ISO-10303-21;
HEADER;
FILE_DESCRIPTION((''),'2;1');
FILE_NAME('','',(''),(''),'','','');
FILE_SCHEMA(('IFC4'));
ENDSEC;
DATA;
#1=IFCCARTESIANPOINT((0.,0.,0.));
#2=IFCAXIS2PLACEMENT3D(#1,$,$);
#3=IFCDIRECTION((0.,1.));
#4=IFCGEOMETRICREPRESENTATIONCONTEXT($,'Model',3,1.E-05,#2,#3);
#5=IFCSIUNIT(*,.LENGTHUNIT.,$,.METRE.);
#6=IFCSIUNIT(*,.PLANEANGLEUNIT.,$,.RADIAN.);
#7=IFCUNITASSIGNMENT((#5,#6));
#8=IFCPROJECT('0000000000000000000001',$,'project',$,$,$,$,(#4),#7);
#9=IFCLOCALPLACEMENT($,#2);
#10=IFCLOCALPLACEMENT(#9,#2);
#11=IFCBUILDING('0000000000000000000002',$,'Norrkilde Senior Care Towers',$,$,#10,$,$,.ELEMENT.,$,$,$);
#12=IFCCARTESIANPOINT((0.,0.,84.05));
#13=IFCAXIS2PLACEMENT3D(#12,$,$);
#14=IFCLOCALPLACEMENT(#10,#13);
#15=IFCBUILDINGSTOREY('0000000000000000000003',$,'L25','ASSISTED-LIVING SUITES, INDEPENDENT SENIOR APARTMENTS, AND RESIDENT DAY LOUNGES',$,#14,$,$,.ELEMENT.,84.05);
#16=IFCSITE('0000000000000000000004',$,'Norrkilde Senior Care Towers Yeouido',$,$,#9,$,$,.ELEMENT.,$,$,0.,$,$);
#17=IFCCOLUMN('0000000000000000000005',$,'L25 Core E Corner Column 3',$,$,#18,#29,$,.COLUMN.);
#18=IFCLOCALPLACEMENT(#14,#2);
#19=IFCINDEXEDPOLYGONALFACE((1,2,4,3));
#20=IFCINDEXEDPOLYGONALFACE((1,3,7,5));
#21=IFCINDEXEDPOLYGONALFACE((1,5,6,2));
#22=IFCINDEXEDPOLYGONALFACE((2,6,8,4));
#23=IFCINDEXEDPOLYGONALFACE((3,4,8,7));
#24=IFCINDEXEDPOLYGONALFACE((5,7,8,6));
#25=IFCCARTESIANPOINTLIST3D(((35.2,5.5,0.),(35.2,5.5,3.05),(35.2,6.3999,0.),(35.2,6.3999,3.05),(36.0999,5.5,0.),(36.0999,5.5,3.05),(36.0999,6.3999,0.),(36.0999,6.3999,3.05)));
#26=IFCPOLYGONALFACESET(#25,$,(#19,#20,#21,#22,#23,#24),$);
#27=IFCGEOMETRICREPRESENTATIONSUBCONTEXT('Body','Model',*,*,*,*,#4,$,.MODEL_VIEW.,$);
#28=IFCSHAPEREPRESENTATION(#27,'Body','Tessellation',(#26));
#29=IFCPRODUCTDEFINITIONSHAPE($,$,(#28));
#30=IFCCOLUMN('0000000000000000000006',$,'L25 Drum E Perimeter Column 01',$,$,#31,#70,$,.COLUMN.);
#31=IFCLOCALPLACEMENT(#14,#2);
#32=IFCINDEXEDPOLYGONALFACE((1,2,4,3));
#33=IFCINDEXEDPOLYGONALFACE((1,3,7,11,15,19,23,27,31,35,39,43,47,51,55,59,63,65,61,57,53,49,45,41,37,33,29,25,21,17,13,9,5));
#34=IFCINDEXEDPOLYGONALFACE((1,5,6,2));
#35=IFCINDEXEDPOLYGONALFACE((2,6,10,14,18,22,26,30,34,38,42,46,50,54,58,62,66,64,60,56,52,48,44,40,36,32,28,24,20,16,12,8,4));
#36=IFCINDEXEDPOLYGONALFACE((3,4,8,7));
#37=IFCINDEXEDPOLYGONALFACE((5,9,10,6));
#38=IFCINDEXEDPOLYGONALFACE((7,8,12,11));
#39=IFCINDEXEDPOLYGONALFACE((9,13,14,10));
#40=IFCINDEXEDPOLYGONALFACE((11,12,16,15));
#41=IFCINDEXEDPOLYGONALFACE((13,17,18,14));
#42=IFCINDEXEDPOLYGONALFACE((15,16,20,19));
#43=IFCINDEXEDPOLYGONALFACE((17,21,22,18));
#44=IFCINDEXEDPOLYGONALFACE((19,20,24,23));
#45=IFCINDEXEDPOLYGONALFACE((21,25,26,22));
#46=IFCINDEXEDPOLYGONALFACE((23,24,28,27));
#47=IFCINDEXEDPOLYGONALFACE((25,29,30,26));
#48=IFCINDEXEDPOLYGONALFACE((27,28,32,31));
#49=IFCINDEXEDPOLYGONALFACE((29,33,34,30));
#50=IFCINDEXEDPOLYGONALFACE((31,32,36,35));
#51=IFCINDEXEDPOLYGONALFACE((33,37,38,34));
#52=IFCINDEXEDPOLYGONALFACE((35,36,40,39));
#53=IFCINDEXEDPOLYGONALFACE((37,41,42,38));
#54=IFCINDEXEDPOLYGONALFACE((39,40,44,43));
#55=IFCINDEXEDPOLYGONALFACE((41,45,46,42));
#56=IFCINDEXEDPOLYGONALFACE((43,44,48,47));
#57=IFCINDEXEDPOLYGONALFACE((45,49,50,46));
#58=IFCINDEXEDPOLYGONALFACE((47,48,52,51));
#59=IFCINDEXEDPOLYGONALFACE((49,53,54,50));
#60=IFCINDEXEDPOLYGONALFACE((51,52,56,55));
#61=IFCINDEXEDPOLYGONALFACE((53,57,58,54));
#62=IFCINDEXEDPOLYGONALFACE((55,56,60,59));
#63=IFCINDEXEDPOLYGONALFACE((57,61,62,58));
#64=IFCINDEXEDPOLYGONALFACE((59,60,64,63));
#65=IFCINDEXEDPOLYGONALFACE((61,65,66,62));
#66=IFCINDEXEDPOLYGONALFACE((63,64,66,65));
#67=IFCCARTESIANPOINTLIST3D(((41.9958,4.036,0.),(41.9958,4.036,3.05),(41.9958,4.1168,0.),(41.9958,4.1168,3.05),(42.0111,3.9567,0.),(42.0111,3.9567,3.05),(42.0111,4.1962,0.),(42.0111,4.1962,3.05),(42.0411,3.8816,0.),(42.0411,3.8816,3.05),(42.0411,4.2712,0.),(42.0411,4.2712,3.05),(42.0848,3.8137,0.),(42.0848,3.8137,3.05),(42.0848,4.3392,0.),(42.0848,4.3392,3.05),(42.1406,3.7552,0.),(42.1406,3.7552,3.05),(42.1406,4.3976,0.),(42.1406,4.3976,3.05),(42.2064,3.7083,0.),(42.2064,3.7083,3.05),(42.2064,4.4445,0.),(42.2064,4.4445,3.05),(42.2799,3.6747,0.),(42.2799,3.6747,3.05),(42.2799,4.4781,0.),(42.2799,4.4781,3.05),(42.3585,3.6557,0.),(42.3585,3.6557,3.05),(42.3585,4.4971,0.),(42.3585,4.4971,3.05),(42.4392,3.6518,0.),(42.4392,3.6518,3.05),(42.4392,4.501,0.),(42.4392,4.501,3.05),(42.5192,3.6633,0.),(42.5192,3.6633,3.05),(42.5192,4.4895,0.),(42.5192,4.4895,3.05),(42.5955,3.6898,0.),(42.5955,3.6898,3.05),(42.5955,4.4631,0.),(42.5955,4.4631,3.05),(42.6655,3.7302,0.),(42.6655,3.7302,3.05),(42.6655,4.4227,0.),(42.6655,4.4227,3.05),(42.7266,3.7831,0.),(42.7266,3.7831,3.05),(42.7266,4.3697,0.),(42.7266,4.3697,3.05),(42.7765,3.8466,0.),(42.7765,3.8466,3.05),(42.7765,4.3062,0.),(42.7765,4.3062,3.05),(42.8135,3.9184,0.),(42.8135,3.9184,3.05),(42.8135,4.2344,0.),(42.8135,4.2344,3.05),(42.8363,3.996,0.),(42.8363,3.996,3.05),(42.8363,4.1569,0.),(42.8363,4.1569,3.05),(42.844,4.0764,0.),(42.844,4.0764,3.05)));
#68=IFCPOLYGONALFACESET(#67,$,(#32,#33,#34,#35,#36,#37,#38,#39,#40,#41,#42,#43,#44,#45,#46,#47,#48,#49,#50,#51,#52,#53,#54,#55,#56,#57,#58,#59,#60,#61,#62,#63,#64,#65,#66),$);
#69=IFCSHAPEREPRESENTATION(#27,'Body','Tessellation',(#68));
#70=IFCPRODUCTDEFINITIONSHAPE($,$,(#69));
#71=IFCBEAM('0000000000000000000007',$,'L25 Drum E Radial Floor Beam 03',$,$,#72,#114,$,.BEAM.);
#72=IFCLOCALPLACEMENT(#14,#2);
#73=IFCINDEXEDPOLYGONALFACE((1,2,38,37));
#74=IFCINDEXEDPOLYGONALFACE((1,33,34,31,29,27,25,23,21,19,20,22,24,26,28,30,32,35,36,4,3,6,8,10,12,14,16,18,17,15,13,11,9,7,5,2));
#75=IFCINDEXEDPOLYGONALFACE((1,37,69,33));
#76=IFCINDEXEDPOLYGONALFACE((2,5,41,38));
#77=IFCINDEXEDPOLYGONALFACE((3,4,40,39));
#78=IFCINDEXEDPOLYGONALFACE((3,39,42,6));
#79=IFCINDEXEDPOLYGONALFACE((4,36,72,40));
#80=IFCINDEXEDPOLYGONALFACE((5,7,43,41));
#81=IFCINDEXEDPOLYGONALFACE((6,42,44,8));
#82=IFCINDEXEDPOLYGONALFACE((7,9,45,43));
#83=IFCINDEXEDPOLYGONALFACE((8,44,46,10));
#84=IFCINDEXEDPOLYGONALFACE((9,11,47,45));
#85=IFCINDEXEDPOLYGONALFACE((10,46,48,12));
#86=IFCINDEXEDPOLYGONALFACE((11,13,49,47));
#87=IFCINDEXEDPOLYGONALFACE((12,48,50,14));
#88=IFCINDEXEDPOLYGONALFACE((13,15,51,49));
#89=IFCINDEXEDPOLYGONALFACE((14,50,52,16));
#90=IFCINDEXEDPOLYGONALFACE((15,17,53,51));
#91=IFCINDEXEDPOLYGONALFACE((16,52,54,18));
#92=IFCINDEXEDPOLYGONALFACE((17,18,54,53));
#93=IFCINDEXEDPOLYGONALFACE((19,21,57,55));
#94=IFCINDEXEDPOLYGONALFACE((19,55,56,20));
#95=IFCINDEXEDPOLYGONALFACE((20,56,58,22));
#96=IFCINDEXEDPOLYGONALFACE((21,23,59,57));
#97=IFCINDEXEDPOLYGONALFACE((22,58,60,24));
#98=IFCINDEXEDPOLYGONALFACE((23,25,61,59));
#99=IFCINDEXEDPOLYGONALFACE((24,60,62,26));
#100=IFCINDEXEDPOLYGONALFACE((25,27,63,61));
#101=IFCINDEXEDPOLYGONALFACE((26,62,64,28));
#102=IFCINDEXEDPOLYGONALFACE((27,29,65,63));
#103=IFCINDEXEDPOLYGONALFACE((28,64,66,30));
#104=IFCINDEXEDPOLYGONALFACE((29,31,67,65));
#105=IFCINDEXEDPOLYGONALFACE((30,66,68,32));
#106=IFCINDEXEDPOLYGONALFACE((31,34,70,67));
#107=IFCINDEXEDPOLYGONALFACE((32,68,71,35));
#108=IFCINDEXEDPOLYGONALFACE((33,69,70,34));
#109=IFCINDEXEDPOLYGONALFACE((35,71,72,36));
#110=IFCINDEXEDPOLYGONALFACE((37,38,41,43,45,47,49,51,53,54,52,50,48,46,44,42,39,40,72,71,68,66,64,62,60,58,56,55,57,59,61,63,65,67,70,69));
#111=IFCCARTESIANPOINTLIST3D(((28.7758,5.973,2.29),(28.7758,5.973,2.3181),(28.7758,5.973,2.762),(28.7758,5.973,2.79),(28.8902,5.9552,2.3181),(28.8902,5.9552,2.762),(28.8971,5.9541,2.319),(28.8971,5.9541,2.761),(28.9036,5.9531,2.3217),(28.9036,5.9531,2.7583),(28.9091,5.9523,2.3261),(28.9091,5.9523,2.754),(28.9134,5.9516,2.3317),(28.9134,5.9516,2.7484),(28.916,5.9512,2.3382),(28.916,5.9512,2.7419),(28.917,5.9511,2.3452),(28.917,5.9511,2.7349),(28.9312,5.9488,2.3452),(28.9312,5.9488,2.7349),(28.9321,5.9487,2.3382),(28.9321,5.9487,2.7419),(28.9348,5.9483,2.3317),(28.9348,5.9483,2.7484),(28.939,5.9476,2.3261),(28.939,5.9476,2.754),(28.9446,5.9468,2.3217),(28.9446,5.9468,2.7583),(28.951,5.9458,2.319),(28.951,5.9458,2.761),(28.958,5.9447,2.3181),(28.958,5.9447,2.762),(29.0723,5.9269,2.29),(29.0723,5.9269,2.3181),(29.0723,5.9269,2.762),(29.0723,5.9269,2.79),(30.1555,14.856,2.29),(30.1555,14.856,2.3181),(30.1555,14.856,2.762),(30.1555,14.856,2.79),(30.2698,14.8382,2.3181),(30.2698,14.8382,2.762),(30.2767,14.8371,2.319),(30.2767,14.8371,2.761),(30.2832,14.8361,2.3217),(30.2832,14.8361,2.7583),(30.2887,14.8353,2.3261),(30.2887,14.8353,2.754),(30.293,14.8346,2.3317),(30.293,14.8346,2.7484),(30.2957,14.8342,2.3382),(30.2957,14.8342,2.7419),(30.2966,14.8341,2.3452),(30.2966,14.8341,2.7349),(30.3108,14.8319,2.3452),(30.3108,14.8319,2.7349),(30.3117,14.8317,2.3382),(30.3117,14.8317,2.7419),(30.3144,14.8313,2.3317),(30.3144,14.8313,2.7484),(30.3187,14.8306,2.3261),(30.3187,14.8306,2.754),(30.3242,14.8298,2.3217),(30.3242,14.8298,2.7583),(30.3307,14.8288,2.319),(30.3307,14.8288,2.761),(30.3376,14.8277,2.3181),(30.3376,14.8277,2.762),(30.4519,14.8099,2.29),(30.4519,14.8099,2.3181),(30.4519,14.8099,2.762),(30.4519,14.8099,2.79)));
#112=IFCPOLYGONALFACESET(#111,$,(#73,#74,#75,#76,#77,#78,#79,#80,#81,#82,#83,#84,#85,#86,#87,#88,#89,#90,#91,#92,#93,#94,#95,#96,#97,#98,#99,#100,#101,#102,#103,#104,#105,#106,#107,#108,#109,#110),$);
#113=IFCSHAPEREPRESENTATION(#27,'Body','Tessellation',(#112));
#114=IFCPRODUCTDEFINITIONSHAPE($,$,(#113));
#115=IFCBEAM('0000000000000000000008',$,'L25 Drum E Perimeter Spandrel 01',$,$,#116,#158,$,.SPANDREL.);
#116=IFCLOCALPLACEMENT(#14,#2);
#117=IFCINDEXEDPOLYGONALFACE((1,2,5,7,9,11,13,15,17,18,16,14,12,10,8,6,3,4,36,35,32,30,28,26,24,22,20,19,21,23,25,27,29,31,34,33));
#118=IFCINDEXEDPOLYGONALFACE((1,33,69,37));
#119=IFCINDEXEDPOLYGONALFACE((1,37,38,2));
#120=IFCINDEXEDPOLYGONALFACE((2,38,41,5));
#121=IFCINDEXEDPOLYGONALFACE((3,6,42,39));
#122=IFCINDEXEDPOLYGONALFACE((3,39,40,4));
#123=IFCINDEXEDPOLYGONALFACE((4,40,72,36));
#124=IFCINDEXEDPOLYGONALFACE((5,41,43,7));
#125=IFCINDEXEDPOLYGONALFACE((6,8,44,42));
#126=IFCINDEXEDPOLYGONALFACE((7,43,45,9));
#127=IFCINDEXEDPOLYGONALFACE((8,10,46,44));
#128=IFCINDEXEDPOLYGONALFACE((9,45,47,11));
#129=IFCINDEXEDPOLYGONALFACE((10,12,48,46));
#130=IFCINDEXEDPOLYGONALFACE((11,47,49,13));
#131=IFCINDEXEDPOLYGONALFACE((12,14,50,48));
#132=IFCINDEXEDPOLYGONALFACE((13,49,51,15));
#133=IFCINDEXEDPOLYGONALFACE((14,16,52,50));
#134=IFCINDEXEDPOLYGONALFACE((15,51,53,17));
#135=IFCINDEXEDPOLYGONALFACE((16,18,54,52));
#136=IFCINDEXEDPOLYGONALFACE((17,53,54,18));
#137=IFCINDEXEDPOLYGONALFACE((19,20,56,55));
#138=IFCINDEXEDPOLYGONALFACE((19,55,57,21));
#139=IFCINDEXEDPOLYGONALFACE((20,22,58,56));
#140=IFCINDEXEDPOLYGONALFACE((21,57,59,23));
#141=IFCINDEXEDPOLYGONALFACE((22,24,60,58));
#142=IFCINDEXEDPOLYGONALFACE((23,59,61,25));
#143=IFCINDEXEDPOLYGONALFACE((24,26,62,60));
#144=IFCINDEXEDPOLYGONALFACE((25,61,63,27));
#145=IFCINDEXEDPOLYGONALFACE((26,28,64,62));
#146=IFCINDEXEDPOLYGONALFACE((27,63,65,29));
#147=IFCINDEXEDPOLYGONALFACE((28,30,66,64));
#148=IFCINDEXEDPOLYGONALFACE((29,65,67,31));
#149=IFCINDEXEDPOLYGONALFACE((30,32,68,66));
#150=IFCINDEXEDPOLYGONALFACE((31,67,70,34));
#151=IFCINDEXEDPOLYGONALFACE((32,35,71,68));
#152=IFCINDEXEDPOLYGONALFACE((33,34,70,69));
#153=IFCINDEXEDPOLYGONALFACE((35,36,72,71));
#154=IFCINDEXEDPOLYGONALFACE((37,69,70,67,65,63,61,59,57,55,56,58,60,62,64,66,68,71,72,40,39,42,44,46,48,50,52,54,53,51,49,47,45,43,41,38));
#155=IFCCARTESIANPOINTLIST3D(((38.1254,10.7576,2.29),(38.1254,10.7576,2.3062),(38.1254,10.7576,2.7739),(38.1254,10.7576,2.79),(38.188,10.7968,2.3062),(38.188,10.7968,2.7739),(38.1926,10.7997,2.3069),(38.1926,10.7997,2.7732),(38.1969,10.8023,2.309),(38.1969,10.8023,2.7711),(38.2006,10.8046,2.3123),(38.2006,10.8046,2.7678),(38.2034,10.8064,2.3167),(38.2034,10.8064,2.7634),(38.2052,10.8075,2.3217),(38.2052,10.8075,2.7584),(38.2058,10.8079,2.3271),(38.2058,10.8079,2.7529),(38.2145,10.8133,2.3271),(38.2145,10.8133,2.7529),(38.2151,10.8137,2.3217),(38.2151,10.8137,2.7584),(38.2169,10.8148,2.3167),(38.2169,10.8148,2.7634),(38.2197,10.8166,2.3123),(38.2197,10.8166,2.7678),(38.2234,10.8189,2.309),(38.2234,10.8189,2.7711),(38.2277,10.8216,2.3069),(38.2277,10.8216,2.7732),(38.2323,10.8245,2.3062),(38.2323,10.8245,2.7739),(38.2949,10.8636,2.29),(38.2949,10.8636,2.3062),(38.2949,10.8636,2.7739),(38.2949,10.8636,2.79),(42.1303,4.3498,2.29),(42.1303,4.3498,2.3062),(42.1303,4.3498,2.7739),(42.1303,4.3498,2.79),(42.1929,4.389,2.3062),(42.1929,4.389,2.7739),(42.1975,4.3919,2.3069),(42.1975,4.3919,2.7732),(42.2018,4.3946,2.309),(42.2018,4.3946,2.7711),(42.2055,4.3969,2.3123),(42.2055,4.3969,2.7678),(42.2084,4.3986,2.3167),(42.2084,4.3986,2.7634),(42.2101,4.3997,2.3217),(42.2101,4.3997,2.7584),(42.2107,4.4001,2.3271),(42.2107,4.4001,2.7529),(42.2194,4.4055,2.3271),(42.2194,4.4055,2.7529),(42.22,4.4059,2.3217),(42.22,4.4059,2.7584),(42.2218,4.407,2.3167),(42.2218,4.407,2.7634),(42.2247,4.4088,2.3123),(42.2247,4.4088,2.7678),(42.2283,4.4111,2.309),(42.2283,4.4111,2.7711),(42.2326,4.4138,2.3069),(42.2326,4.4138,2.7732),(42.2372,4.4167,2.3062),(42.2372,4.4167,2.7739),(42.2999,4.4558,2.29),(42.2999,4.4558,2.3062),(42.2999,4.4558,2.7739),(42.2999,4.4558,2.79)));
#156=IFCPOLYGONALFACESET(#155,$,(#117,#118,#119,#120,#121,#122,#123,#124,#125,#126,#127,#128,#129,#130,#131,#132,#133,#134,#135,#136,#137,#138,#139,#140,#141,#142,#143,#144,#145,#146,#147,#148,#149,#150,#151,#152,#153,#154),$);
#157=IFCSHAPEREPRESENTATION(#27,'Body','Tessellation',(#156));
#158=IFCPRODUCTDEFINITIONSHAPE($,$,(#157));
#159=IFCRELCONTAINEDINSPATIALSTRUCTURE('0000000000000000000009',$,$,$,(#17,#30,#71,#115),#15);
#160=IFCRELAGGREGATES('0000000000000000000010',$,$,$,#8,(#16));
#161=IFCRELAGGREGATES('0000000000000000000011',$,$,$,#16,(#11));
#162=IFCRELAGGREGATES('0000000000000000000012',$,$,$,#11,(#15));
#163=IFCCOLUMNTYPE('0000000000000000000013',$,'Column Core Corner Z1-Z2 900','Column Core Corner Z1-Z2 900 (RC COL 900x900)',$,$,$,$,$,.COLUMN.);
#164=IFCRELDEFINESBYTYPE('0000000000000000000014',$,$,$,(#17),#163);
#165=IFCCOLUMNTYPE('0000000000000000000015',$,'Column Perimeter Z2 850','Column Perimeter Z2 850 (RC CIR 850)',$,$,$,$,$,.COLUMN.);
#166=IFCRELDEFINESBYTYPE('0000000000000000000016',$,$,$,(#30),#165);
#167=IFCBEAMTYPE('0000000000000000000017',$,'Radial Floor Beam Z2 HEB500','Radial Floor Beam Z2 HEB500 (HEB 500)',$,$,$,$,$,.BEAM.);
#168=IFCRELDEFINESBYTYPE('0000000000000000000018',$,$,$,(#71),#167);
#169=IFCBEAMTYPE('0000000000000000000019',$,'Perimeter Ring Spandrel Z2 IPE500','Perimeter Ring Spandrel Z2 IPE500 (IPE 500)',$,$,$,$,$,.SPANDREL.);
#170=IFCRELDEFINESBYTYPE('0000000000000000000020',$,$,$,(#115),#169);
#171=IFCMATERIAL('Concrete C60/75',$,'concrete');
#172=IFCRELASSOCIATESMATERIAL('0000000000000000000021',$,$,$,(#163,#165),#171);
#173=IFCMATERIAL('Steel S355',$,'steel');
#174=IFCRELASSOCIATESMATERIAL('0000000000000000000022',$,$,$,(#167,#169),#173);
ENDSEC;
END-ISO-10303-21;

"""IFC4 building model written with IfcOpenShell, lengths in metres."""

from ifc_helpers import new_model, si_unit, direction, frame, origin, origin_2d, place, context, subcontext, project, spatial, rectangle, circle, i_section, extrude, source, transform, mapped, material, material_profile, profile_set, type_object, type_shapes, element, save


model = new_model("IFC4")

# Units and contexts
model_context = context("Model", 3, precision=1e-05, world=origin(), true_north=direction((0.0, 1.0)))
body_context = subcontext(model_context, "Body", "Model", "MODEL_VIEW")
ifc_project = project(units=[si_unit("LENGTHUNIT", "METRE"), si_unit("PLANEANGLEUNIT", "RADIAN")], contexts=[model_context])

# Site, building, storey
site_placement = place(None, origin())
site = spatial("IfcSite", under=ifc_project, at=site_placement, Name="Norrkilde Senior Care Towers Yeouido", CompositionType="ELEMENT", RefElevation=0.0)
building_placement = place(site_placement, origin())
building = spatial("IfcBuilding", under=site, at=building_placement, Name="Norrkilde Senior Care Towers", CompositionType="ELEMENT")
storey_placement = place(building_placement, frame((0.0, 0.0, 84.05)))
storey = spatial("IfcBuildingStorey", under=building, at=storey_placement, Name="L25", Description="ASSISTED-LIVING SUITES, INDEPENDENT SENIOR APARTMENTS, AND RESIDENT DAY LOUNGES", CompositionType="ELEMENT", Elevation=84.05)

# Columns
ifc_material_1 = material(Name="Concrete C60/75", Category="concrete")
ifc_material_profile_1 = material_profile(ifc_material_1, rectangle(XDim=0.8999, YDim=0.8999, at=origin_2d()), Name="RC COL 900x900")
ifc_profile_set_1 = profile_set([ifc_material_profile_1], Name="Concrete C60/75")
column_type_1 = type_object("IfcColumnType", Name="Column Core Corner Z1-Z2 900", Description="Column Core Corner Z1-Z2 900 (RC COL 900x900)", PredefinedType="COLUMN", material=ifc_profile_set_1)
shared_shape_1 = source(origin(), body_context, "Body", "SweptSolid", [
    extrude(rectangle(XDim=0.8999, YDim=0.8999, at=origin_2d()), origin(), (0.0, 0.0, 1.0), 3.05),
])
type_shapes(column_type_1, [shared_shape_1])
column_1_placement = place(storey_placement, frame((35.6499, 5.95, 0.0), z_axis=(0.0, 0.0, 1.0), x_axis=(1.0, 0.0, 0.0)))
element("IfcColumn", 1, at=column_1_placement, inside=storey, type_object=column_type_1, Name="L25 Core E Corner Column 3", PredefinedType="COLUMN", context=body_context, shape_type="MappedRepresentation", body=[
    mapped(shared_shape_1, transform((0.0, 0.0, 0.0), x_axis=(1.0, 0.0, 0.0), y_axis=(0.0, 1.0, 0.0), z_axis=(0.0, 0.0, 1.0), scale=1.0)),
])
ifc_material_profile_2 = material_profile(ifc_material_1, circle(Radius=0.425, at=origin_2d()), Name="RC CIR 850")
ifc_profile_set_2 = profile_set([ifc_material_profile_2], Name="Concrete C60/75")
column_type_2 = type_object("IfcColumnType", Name="Column Perimeter Z2 850", Description="Column Perimeter Z2 850 (RC CIR 850)", PredefinedType="COLUMN", material=ifc_profile_set_2)
shared_shape_2 = source(origin(), body_context, "Body", "SweptSolid", [
    extrude(circle(Radius=0.425, at=origin_2d()), origin(), (0.0, 0.0, 1.0), 3.05),
])
type_shapes(column_type_2, [shared_shape_2])
column_2_placement = place(storey_placement, frame((42.4189, 4.0764, 0.0), z_axis=(0.0, 0.0, 1.0), x_axis=(1.0, 0.0, 0.0)))
element("IfcColumn", 2, at=column_2_placement, inside=storey, type_object=column_type_2, Name="L25 Drum E Perimeter Column 01", PredefinedType="COLUMN", context=body_context, shape_type="MappedRepresentation", body=[
    mapped(shared_shape_2, transform((0.0, 0.0, 0.0), x_axis=(1.0, 0.0, 0.0), y_axis=(0.0, 1.0, 0.0), z_axis=(0.0, 0.0, 1.0), scale=1.0)),
])

# Beams
ifc_material_2 = material(Name="Steel S355", Category="steel")
ifc_material_profile_3 = material_profile(ifc_material_2, i_section(OverallWidth=0.3, OverallDepth=0.5, WebThickness=0.0144, FlangeThickness=0.0281, FilletRadius=0.0271, at=origin_2d()), Name="HEB 500")
ifc_profile_set_3 = profile_set([ifc_material_profile_3], Name="Steel S355")
beam_type_1 = type_object("IfcBeamType", Name="Radial Floor Beam Z2 HEB500", Description="Radial Floor Beam Z2 HEB500 (HEB 500)", PredefinedType="BEAM", material=ifc_profile_set_3)
shared_shape_3 = source(origin(), body_context, "Body", "SweptSolid", [
    extrude(i_section(OverallWidth=0.3, OverallDepth=0.5, WebThickness=0.0144, FlangeThickness=0.0281, FilletRadius=0.0271, at=origin_2d()), origin(), (0.0, 0.0, 1.0), 8.9895),
])
beam_1_placement = place(storey_placement, frame((28.9241, 5.95, 2.54), z_axis=(0.153471, 0.988153, 0.0), x_axis=(-0.988153, 0.153471, 0.0)))
element("IfcBeam", 3, at=beam_1_placement, inside=storey, type_object=beam_type_1, Name="L25 Drum E Radial Floor Beam 03", PredefinedType="BEAM", context=body_context, shape_type="MappedRepresentation", body=[
    mapped(shared_shape_3, transform((0.0, 0.0, 0.0), x_axis=(1.0, 0.0, 0.0), y_axis=(0.0, 1.0, 0.0), z_axis=(0.0, 0.0, 1.0), scale=1.0)),
])
ifc_material_profile_4 = material_profile(ifc_material_2, i_section(OverallWidth=0.2, OverallDepth=0.5, WebThickness=0.0103, FlangeThickness=0.0161, FilletRadius=0.021, at=origin_2d()), Name="IPE 500")
ifc_profile_set_4 = profile_set([ifc_material_profile_4], Name="Steel S355")
beam_type_2 = type_object("IfcBeamType", Name="Perimeter Ring Spandrel Z2 IPE500", Description="Perimeter Ring Spandrel Z2 IPE500 (IPE 500)", PredefinedType="SPANDREL", material=ifc_profile_set_4)
shared_shape_4 = source(origin(), body_context, "Body", "SweptSolid", [
    extrude(i_section(OverallWidth=0.2, OverallDepth=0.5, WebThickness=0.0103, FlangeThickness=0.0161, FilletRadius=0.021, at=origin_2d()), origin(), (0.0, 0.0, 1.0), 7.5564),
])
type_shapes(beam_type_2, [shared_shape_4])
beam_2_placement = place(storey_placement, frame((42.2151, 4.4028, 2.54), z_axis=(-0.530005, 0.847995, 0.0), x_axis=(-0.847995, -0.530005, 0.0)))
element("IfcBeam", 4, at=beam_2_placement, inside=storey, type_object=beam_type_2, Name="L25 Drum E Perimeter Spandrel 01", PredefinedType="SPANDREL", context=body_context, shape_type="MappedRepresentation", body=[
    mapped(shared_shape_4, transform((0.0, 0.0, 0.0), x_axis=(1.0, 0.0, 0.0), y_axis=(0.0, 1.0, 0.0), z_axis=(0.0, 0.0, 1.0), scale=1.0)),
])

save(model, "model.ifc")
